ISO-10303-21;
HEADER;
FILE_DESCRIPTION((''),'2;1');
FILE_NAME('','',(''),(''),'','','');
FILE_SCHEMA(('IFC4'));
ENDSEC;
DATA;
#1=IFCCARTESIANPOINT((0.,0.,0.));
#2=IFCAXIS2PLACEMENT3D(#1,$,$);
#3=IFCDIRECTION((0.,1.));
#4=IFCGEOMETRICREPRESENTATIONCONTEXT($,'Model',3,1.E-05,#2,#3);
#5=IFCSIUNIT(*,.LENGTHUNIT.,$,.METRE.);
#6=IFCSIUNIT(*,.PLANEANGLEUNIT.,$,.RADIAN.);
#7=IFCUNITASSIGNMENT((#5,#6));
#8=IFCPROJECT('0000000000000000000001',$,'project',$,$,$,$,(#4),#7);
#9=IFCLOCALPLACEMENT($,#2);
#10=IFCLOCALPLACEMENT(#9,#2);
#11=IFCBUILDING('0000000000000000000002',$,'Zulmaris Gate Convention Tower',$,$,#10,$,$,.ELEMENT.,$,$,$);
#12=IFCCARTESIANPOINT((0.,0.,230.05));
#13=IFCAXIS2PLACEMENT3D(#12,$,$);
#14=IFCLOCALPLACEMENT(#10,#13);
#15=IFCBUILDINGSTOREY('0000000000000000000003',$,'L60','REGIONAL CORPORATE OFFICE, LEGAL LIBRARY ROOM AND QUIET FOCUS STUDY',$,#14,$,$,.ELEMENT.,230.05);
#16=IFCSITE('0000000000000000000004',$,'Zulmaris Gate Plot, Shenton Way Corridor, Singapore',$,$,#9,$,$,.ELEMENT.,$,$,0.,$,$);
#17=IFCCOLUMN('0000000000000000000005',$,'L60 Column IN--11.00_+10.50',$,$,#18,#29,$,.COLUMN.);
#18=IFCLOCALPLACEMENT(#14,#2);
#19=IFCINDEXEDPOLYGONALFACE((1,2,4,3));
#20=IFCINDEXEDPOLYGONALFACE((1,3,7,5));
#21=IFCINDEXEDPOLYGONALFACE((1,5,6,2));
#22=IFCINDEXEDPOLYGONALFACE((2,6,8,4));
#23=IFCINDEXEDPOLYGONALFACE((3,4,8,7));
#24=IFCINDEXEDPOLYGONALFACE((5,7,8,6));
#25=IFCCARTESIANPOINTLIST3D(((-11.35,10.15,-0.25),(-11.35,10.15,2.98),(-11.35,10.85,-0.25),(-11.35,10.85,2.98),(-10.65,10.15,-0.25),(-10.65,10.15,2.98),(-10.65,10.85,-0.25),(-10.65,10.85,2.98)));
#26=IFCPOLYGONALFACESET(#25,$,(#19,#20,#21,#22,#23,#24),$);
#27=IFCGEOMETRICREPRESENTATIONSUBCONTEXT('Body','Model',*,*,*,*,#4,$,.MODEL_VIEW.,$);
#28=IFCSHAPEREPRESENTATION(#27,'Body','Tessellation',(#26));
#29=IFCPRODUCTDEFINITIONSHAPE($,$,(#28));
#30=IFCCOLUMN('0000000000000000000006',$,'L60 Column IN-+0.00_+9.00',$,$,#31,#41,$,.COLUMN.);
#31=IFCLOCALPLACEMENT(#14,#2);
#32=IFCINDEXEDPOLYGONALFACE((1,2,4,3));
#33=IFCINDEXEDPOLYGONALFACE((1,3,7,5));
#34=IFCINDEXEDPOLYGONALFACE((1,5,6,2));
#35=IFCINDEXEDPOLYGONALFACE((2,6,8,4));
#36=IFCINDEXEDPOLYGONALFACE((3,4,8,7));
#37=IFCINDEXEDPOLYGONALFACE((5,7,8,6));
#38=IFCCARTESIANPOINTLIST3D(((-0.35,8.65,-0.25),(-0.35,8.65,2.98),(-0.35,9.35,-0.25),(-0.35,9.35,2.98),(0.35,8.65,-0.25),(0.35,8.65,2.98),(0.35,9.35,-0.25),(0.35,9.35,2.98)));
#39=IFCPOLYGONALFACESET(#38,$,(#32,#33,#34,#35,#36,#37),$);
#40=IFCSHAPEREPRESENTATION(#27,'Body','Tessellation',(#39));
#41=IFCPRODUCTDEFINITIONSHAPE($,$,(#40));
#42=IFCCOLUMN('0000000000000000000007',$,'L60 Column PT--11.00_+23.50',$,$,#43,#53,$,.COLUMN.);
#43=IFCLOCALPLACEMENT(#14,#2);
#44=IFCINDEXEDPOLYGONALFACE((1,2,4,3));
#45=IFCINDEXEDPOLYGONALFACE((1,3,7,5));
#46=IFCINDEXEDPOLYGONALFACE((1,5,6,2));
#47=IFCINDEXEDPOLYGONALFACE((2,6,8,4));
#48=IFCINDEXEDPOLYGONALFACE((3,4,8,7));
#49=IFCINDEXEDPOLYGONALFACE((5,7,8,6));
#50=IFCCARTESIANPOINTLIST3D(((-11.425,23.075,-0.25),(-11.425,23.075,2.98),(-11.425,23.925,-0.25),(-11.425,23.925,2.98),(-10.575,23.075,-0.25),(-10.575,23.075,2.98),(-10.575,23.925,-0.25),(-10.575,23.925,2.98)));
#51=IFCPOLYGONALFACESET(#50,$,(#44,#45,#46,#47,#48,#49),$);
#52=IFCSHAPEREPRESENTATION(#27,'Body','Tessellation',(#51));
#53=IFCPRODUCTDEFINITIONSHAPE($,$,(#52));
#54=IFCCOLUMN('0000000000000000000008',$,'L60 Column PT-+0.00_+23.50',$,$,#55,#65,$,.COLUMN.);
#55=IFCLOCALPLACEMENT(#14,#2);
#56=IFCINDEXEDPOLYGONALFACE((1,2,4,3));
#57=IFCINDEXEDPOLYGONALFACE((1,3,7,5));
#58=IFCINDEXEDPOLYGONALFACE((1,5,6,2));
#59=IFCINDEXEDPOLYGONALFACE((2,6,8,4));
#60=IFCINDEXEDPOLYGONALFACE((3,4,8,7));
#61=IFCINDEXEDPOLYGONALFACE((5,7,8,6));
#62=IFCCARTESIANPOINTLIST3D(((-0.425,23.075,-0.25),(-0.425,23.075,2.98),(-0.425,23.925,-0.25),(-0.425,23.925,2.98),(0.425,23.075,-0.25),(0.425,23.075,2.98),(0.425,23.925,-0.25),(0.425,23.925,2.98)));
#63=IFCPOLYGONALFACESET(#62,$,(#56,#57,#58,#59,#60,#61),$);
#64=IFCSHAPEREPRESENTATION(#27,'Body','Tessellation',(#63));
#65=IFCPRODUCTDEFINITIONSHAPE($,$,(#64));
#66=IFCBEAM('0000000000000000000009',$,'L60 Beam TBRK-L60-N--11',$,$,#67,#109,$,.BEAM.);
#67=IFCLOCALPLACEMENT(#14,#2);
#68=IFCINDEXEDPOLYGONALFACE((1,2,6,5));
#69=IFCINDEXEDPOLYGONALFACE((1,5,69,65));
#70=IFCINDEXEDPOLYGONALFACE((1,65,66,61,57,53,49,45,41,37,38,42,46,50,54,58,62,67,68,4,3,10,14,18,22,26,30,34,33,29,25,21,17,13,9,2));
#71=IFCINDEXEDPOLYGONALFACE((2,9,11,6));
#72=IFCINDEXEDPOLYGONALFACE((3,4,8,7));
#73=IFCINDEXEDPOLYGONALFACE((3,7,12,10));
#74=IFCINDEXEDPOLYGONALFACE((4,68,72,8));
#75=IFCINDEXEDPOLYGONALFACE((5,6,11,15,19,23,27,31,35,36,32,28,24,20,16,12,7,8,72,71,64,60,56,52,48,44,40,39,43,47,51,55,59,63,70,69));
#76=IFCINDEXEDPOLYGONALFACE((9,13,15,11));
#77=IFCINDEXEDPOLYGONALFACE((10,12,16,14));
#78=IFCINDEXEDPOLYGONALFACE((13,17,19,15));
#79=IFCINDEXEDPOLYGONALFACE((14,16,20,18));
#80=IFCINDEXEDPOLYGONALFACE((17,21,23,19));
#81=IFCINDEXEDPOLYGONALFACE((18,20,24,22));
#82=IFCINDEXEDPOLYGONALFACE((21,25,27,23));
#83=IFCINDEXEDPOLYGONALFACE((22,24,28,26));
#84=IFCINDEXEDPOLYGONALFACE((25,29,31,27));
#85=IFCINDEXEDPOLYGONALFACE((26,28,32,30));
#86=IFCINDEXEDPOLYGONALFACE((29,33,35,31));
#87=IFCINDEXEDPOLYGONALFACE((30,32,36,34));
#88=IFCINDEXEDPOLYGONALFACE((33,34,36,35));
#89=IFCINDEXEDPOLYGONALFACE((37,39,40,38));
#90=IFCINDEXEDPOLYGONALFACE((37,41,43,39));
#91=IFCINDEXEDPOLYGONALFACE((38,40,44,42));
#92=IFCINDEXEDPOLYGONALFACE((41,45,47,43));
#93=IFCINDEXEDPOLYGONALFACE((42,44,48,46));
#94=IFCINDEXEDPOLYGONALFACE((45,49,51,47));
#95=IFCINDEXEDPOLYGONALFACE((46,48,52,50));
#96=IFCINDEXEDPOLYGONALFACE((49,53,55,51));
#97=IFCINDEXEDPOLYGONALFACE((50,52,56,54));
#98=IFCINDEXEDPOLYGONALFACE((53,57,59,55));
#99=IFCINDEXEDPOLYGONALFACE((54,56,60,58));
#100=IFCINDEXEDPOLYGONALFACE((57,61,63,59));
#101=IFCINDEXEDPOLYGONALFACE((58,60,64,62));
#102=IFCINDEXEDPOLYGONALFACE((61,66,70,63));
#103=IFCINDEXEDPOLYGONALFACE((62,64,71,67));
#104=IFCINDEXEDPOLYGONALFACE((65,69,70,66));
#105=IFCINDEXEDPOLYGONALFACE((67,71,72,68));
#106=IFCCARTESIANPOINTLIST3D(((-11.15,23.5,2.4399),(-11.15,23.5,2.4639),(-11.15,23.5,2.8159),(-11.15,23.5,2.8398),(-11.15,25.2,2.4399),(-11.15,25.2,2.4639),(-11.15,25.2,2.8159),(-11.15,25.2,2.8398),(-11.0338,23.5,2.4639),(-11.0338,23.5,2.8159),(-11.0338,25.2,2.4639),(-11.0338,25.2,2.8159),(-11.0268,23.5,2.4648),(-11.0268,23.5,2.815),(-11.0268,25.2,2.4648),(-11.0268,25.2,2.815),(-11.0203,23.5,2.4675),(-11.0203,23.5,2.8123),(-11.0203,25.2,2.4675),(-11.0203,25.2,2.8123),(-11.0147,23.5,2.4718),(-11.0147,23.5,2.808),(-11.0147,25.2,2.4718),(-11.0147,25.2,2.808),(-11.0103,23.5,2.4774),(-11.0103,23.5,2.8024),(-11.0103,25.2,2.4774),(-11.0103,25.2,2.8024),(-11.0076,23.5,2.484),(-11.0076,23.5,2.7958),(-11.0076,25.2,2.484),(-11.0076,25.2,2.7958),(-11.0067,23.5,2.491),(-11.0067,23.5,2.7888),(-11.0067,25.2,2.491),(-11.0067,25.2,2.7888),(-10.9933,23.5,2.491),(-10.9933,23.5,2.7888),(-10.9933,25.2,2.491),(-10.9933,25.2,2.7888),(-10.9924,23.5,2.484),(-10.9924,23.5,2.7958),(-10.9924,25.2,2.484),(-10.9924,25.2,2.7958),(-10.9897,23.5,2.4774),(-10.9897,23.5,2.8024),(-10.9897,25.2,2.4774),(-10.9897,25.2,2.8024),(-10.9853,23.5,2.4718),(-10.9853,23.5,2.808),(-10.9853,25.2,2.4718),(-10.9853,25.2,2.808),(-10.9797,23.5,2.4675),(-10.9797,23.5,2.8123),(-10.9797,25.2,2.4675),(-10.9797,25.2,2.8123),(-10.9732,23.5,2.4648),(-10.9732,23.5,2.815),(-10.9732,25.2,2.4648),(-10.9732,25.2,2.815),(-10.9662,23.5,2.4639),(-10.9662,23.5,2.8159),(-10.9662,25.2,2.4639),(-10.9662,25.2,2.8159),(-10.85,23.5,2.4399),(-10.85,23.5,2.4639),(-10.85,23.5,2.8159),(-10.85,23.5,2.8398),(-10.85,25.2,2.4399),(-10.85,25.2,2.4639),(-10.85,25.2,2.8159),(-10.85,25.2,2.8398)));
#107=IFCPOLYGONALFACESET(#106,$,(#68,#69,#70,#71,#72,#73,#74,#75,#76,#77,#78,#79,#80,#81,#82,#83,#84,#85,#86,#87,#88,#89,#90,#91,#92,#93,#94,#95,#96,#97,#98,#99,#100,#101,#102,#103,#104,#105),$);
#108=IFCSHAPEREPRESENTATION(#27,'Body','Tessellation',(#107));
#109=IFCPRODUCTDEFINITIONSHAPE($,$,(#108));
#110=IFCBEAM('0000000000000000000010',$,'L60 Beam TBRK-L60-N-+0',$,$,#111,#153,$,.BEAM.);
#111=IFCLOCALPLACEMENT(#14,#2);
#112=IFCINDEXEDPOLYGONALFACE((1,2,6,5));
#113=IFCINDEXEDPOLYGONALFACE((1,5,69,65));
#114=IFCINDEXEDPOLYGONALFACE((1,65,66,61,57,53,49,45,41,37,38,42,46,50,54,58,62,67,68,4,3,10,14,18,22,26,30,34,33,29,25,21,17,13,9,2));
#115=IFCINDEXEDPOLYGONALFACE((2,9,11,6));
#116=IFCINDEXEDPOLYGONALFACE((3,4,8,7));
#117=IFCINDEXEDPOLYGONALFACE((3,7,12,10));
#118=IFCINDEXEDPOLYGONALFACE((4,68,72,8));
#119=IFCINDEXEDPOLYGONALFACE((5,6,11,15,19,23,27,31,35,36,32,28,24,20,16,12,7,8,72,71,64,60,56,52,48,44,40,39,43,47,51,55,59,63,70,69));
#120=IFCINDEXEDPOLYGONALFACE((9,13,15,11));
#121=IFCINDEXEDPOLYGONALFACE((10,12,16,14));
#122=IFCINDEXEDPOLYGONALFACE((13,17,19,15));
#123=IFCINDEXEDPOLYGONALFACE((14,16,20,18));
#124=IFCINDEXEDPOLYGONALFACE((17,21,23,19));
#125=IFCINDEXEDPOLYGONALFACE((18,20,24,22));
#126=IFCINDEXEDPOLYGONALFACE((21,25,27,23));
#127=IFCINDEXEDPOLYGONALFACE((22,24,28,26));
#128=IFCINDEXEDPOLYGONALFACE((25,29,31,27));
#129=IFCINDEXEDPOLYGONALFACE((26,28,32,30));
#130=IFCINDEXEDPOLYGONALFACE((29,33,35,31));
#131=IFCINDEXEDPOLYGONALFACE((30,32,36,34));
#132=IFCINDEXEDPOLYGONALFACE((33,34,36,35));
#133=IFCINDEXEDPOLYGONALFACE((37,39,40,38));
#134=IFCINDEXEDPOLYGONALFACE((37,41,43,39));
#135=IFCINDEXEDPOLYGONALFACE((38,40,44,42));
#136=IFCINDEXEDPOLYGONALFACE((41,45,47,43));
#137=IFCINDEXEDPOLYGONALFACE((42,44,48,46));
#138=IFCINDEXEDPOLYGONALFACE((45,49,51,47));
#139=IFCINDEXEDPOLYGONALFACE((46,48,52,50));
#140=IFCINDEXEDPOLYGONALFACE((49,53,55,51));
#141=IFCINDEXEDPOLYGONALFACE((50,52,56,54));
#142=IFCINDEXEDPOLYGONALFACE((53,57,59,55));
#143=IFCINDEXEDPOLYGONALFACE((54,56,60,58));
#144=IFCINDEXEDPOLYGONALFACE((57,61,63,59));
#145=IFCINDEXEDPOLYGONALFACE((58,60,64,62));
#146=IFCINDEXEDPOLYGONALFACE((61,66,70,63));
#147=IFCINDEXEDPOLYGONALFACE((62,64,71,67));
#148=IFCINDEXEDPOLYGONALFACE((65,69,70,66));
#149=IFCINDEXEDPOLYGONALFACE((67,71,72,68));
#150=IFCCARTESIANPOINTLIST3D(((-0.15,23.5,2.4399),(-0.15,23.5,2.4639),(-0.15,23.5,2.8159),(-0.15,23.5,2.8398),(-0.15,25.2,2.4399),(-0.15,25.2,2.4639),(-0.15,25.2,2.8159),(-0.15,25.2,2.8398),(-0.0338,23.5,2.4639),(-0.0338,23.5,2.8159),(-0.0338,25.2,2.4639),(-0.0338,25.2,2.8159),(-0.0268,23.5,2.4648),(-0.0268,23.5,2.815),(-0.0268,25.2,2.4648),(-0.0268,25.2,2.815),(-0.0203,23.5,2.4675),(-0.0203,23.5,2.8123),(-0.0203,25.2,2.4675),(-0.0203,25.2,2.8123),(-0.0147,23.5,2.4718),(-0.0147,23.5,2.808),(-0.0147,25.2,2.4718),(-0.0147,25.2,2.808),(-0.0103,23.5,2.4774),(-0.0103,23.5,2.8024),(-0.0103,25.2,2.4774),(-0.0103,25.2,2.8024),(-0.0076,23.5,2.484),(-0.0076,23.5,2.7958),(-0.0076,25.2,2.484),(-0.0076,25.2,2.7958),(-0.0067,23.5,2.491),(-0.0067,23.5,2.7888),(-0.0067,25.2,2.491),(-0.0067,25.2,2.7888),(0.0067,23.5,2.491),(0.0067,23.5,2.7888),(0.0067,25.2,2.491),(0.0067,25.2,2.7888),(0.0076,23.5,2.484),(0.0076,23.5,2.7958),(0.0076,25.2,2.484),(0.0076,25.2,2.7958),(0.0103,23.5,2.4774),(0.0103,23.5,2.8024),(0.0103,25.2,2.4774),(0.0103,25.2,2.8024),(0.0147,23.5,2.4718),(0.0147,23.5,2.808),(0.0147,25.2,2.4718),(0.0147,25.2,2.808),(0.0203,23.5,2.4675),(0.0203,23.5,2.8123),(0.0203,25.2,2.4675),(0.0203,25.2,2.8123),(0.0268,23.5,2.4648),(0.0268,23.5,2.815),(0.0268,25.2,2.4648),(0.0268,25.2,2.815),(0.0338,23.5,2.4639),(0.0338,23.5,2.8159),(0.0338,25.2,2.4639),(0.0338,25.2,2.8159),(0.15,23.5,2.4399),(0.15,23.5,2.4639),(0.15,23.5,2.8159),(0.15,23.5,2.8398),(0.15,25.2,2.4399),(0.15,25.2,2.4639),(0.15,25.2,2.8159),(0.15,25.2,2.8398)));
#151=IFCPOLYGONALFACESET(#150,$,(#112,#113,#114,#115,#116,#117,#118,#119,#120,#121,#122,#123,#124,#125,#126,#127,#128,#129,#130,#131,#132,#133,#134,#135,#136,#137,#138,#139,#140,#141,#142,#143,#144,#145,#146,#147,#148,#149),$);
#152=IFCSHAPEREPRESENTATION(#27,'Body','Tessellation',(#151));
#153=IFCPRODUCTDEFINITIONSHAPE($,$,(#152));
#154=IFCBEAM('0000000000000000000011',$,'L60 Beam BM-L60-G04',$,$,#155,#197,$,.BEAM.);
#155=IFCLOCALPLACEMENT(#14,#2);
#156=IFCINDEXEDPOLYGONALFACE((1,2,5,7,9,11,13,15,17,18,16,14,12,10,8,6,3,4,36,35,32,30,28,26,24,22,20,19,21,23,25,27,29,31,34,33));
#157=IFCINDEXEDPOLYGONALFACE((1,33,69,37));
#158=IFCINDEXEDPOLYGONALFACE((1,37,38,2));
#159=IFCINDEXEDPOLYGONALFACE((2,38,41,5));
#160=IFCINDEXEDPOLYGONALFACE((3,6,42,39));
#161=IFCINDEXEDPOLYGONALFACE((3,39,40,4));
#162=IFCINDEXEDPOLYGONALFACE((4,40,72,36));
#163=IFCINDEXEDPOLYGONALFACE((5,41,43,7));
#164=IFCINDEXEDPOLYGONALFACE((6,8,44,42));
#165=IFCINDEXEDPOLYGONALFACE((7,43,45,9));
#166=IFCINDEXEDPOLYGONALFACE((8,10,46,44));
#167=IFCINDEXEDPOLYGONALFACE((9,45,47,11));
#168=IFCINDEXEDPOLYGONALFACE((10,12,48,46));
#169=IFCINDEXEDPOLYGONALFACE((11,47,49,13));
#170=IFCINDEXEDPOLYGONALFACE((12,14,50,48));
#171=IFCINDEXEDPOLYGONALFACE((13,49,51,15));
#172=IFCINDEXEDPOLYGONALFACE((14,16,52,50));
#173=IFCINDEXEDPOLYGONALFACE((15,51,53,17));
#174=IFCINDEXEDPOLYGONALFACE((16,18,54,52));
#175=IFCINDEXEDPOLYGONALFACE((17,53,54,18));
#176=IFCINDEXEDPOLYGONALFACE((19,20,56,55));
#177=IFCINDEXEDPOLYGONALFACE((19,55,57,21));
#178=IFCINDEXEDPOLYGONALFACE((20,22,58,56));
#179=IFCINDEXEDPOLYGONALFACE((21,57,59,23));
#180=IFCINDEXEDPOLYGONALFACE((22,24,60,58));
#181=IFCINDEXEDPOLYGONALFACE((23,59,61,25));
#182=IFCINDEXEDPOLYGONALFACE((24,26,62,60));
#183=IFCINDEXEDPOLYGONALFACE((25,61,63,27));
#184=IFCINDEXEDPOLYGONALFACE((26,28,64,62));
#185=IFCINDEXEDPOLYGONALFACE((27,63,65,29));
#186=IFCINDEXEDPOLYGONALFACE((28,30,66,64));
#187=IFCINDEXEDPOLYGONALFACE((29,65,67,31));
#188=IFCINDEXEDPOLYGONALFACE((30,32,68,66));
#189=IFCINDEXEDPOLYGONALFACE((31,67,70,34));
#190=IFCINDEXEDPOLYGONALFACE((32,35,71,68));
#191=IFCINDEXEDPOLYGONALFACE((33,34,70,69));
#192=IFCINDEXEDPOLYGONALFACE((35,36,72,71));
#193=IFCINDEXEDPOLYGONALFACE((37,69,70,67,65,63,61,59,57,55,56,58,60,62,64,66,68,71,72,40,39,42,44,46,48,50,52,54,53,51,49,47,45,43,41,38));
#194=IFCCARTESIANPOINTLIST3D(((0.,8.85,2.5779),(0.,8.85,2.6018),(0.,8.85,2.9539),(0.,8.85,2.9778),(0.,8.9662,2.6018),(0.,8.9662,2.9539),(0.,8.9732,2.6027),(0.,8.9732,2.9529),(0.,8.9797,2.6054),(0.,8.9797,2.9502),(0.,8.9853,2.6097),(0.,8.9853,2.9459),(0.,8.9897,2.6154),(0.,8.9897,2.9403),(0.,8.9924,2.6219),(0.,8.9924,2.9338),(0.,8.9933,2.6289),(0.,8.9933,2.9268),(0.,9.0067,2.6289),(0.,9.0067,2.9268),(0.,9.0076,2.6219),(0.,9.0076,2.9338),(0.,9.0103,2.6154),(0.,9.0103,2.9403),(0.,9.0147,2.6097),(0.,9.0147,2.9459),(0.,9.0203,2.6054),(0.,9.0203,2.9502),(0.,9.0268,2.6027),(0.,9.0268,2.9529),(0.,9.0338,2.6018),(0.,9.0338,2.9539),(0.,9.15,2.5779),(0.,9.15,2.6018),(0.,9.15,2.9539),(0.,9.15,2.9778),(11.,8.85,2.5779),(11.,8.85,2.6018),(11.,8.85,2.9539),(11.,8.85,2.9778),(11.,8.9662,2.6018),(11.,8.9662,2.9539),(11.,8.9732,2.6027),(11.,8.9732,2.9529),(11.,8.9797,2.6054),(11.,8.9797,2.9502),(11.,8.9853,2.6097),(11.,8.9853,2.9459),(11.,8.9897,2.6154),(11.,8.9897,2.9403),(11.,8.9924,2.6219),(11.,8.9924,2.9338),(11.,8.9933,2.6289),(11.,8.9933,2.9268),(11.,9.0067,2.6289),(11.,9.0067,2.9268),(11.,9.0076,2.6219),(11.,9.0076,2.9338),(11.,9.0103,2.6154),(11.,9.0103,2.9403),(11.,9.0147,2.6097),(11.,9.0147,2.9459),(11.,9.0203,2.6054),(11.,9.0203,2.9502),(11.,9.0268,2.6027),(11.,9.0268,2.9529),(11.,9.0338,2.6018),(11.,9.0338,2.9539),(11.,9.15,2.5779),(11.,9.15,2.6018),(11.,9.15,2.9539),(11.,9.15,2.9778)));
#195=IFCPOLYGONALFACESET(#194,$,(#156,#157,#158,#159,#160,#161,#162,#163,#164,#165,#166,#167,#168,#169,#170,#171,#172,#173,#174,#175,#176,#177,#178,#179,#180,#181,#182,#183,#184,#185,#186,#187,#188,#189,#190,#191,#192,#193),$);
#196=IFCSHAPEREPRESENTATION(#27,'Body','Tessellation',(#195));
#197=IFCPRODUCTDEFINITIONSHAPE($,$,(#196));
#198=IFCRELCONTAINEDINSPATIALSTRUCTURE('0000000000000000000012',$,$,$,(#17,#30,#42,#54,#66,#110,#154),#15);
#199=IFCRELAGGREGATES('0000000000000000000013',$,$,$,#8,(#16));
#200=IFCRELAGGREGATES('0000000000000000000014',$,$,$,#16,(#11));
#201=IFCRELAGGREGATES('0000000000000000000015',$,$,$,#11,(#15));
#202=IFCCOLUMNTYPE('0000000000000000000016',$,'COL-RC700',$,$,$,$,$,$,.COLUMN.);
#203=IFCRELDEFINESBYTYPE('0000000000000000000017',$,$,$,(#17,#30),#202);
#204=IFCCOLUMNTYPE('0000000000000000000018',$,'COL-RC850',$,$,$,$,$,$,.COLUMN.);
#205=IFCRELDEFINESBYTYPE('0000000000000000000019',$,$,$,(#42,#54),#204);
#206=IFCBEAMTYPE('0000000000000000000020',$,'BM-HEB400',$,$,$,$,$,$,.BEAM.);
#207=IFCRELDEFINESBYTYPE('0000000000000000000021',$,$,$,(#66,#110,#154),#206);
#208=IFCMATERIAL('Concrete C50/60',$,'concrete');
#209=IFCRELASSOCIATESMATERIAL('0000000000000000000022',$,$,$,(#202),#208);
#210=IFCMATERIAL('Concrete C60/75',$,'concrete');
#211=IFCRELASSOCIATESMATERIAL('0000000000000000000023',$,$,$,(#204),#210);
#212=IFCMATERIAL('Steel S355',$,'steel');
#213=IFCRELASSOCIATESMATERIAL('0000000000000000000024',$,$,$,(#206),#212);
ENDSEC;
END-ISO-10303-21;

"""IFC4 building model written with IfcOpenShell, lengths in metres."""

from ifc_helpers import new_model, si_unit, direction, frame, origin, origin_2d, place, context, subcontext, project, spatial, rectangle, i_section, extrude, material, material_profile, profile_set, type_object, element, save


model = new_model("IFC4")

# Units and contexts
model_context = context("Model", 3, precision=1e-05, world=origin(), true_north=direction((0.0, 1.0)))
body_context = subcontext(model_context, "Body", "Model", "MODEL_VIEW")
ifc_project = project(units=[si_unit("LENGTHUNIT", "METRE"), si_unit("PLANEANGLEUNIT", "RADIAN")], contexts=[model_context])

# Site, building, storey
site_placement = place(None, origin())
site = spatial("IfcSite", under=ifc_project, at=site_placement, Name="Zulmaris Gate Plot, Shenton Way Corridor, Singapore", CompositionType="ELEMENT", RefElevation=0.0)
building_placement = place(site_placement, origin())
building = spatial("IfcBuilding", under=site, at=building_placement, Name="Zulmaris Gate Convention Tower", CompositionType="ELEMENT")
storey_placement = place(building_placement, frame((0.0, 0.0, 230.05)))
storey = spatial("IfcBuildingStorey", under=building, at=storey_placement, Name="L60", Description="REGIONAL CORPORATE OFFICE, LEGAL LIBRARY ROOM AND QUIET FOCUS STUDY", CompositionType="ELEMENT", Elevation=230.05)

# Columns
ifc_material_1 = material(Name="Concrete C50/60", Category="concrete")
ifc_material_profile_1 = material_profile(ifc_material_1, rectangle(XDim=0.7, YDim=0.7, at=origin_2d()), Name="RC COL 700x700")
ifc_profile_set_1 = profile_set([ifc_material_profile_1], Name="Concrete C50/60")
column_type_1 = type_object("IfcColumnType", Name="COL-RC700", PredefinedType="COLUMN", material=ifc_profile_set_1)
for number, where, z_axis, x_axis, name in (
    (1, (-11.0, 10.5, -0.25), (0.0, 0.0, 1.0), (1.0, 0.0, 0.0), "L60 Column IN--11.00_+10.50"),
    (2, (0.0, 9.0, -0.25), (0.0, 0.0, 1.0), (1.0, 0.0, 0.0), "L60 Column IN-+0.00_+9.00"),
):
    element("IfcColumn", number, at=place(storey_placement, frame(where, z_axis=z_axis, x_axis=x_axis)), inside=storey, type_object=column_type_1, Name=name, PredefinedType="COLUMN", context=body_context, shape_type="SweptSolid", body=[
        extrude(rectangle(XDim=0.7, YDim=0.7, at=origin_2d()), origin(), (0.0, 0.0, 1.0), 3.23),
    ])
ifc_material_2 = material(Name="Concrete C60/75", Category="concrete")
ifc_material_profile_2 = material_profile(ifc_material_2, rectangle(XDim=0.8501, YDim=0.8501, at=origin_2d()), Name="RC COL 850x850")
ifc_profile_set_2 = profile_set([ifc_material_profile_2], Name="Concrete C60/75")
column_type_2 = type_object("IfcColumnType", Name="COL-RC850", PredefinedType="COLUMN", material=ifc_profile_set_2)
for number, where, z_axis, x_axis, name in (
    (3, (-11.0, 23.5, -0.25), (0.0, 0.0, 1.0), (1.0, 0.0, 0.0), "L60 Column PT--11.00_+23.50"),
    (4, (0.0, 23.5, -0.25), (0.0, 0.0, 1.0), (1.0, 0.0, 0.0), "L60 Column PT-+0.00_+23.50"),
):
    element("IfcColumn", number, at=place(storey_placement, frame(where, z_axis=z_axis, x_axis=x_axis)), inside=storey, type_object=column_type_2, Name=name, PredefinedType="COLUMN", context=body_context, shape_type="SweptSolid", body=[
        extrude(rectangle(XDim=0.8501, YDim=0.8501, at=origin_2d()), origin(), (0.0, 0.0, 1.0), 3.23),
    ])

# Beams
ifc_material_3 = material(Name="Steel S355", Category="steel")
ifc_material_profile_3 = material_profile(ifc_material_3, i_section(OverallWidth=0.3, OverallDepth=0.3999, WebThickness=0.0134, FlangeThickness=0.0239, FilletRadius=0.0271, at=origin_2d()), Name="HEB 400")
ifc_profile_set_3 = profile_set([ifc_material_profile_3], Name="Steel S355")
beam_type_1 = type_object("IfcBeamType", Name="BM-HEB400", PredefinedType="BEAM", material=ifc_profile_set_3)
for number, where, z_axis, x_axis, name in (
    (5, (-11.0, 23.5, 2.6399), (0.0, 1.0, 0.0), (-1.0, 0.0, 0.0), "L60 Beam TBRK-L60-N--11"),
    (6, (0.0, 23.5, 2.6399), (0.0, 1.0, 0.0), (-1.0, 0.0, 0.0), "L60 Beam TBRK-L60-N-+0"),
):
    element("IfcBeam", number, at=place(storey_placement, frame(where, z_axis=z_axis, x_axis=x_axis)), inside=storey, type_object=beam_type_1, Name=name, PredefinedType="BEAM", context=body_context, shape_type="SweptSolid", body=[
        extrude(i_section(OverallWidth=0.3, OverallDepth=0.3999, WebThickness=0.0134, FlangeThickness=0.0239, FilletRadius=0.0271, at=origin_2d()), origin(), (0.0, 0.0, 1.0), 1.7),
    ])
beam_1_placement = place(storey_placement, frame((0.0, 9.0, 2.7778), z_axis=(1.0, 0.0, 0.0), x_axis=(0.0, 1.0, 0.0)))
element("IfcBeam", 7, at=beam_1_placement, inside=storey, type_object=beam_type_1, Name="L60 Beam BM-L60-G04", PredefinedType="BEAM", context=body_context, shape_type="SweptSolid", body=[
    extrude(i_section(OverallWidth=0.3, OverallDepth=0.3999, WebThickness=0.0134, FlangeThickness=0.0239, FilletRadius=0.0271, at=origin_2d()), origin(), (0.0, 0.0, 1.0), 11.0),
])

save(model, "model.ifc")
